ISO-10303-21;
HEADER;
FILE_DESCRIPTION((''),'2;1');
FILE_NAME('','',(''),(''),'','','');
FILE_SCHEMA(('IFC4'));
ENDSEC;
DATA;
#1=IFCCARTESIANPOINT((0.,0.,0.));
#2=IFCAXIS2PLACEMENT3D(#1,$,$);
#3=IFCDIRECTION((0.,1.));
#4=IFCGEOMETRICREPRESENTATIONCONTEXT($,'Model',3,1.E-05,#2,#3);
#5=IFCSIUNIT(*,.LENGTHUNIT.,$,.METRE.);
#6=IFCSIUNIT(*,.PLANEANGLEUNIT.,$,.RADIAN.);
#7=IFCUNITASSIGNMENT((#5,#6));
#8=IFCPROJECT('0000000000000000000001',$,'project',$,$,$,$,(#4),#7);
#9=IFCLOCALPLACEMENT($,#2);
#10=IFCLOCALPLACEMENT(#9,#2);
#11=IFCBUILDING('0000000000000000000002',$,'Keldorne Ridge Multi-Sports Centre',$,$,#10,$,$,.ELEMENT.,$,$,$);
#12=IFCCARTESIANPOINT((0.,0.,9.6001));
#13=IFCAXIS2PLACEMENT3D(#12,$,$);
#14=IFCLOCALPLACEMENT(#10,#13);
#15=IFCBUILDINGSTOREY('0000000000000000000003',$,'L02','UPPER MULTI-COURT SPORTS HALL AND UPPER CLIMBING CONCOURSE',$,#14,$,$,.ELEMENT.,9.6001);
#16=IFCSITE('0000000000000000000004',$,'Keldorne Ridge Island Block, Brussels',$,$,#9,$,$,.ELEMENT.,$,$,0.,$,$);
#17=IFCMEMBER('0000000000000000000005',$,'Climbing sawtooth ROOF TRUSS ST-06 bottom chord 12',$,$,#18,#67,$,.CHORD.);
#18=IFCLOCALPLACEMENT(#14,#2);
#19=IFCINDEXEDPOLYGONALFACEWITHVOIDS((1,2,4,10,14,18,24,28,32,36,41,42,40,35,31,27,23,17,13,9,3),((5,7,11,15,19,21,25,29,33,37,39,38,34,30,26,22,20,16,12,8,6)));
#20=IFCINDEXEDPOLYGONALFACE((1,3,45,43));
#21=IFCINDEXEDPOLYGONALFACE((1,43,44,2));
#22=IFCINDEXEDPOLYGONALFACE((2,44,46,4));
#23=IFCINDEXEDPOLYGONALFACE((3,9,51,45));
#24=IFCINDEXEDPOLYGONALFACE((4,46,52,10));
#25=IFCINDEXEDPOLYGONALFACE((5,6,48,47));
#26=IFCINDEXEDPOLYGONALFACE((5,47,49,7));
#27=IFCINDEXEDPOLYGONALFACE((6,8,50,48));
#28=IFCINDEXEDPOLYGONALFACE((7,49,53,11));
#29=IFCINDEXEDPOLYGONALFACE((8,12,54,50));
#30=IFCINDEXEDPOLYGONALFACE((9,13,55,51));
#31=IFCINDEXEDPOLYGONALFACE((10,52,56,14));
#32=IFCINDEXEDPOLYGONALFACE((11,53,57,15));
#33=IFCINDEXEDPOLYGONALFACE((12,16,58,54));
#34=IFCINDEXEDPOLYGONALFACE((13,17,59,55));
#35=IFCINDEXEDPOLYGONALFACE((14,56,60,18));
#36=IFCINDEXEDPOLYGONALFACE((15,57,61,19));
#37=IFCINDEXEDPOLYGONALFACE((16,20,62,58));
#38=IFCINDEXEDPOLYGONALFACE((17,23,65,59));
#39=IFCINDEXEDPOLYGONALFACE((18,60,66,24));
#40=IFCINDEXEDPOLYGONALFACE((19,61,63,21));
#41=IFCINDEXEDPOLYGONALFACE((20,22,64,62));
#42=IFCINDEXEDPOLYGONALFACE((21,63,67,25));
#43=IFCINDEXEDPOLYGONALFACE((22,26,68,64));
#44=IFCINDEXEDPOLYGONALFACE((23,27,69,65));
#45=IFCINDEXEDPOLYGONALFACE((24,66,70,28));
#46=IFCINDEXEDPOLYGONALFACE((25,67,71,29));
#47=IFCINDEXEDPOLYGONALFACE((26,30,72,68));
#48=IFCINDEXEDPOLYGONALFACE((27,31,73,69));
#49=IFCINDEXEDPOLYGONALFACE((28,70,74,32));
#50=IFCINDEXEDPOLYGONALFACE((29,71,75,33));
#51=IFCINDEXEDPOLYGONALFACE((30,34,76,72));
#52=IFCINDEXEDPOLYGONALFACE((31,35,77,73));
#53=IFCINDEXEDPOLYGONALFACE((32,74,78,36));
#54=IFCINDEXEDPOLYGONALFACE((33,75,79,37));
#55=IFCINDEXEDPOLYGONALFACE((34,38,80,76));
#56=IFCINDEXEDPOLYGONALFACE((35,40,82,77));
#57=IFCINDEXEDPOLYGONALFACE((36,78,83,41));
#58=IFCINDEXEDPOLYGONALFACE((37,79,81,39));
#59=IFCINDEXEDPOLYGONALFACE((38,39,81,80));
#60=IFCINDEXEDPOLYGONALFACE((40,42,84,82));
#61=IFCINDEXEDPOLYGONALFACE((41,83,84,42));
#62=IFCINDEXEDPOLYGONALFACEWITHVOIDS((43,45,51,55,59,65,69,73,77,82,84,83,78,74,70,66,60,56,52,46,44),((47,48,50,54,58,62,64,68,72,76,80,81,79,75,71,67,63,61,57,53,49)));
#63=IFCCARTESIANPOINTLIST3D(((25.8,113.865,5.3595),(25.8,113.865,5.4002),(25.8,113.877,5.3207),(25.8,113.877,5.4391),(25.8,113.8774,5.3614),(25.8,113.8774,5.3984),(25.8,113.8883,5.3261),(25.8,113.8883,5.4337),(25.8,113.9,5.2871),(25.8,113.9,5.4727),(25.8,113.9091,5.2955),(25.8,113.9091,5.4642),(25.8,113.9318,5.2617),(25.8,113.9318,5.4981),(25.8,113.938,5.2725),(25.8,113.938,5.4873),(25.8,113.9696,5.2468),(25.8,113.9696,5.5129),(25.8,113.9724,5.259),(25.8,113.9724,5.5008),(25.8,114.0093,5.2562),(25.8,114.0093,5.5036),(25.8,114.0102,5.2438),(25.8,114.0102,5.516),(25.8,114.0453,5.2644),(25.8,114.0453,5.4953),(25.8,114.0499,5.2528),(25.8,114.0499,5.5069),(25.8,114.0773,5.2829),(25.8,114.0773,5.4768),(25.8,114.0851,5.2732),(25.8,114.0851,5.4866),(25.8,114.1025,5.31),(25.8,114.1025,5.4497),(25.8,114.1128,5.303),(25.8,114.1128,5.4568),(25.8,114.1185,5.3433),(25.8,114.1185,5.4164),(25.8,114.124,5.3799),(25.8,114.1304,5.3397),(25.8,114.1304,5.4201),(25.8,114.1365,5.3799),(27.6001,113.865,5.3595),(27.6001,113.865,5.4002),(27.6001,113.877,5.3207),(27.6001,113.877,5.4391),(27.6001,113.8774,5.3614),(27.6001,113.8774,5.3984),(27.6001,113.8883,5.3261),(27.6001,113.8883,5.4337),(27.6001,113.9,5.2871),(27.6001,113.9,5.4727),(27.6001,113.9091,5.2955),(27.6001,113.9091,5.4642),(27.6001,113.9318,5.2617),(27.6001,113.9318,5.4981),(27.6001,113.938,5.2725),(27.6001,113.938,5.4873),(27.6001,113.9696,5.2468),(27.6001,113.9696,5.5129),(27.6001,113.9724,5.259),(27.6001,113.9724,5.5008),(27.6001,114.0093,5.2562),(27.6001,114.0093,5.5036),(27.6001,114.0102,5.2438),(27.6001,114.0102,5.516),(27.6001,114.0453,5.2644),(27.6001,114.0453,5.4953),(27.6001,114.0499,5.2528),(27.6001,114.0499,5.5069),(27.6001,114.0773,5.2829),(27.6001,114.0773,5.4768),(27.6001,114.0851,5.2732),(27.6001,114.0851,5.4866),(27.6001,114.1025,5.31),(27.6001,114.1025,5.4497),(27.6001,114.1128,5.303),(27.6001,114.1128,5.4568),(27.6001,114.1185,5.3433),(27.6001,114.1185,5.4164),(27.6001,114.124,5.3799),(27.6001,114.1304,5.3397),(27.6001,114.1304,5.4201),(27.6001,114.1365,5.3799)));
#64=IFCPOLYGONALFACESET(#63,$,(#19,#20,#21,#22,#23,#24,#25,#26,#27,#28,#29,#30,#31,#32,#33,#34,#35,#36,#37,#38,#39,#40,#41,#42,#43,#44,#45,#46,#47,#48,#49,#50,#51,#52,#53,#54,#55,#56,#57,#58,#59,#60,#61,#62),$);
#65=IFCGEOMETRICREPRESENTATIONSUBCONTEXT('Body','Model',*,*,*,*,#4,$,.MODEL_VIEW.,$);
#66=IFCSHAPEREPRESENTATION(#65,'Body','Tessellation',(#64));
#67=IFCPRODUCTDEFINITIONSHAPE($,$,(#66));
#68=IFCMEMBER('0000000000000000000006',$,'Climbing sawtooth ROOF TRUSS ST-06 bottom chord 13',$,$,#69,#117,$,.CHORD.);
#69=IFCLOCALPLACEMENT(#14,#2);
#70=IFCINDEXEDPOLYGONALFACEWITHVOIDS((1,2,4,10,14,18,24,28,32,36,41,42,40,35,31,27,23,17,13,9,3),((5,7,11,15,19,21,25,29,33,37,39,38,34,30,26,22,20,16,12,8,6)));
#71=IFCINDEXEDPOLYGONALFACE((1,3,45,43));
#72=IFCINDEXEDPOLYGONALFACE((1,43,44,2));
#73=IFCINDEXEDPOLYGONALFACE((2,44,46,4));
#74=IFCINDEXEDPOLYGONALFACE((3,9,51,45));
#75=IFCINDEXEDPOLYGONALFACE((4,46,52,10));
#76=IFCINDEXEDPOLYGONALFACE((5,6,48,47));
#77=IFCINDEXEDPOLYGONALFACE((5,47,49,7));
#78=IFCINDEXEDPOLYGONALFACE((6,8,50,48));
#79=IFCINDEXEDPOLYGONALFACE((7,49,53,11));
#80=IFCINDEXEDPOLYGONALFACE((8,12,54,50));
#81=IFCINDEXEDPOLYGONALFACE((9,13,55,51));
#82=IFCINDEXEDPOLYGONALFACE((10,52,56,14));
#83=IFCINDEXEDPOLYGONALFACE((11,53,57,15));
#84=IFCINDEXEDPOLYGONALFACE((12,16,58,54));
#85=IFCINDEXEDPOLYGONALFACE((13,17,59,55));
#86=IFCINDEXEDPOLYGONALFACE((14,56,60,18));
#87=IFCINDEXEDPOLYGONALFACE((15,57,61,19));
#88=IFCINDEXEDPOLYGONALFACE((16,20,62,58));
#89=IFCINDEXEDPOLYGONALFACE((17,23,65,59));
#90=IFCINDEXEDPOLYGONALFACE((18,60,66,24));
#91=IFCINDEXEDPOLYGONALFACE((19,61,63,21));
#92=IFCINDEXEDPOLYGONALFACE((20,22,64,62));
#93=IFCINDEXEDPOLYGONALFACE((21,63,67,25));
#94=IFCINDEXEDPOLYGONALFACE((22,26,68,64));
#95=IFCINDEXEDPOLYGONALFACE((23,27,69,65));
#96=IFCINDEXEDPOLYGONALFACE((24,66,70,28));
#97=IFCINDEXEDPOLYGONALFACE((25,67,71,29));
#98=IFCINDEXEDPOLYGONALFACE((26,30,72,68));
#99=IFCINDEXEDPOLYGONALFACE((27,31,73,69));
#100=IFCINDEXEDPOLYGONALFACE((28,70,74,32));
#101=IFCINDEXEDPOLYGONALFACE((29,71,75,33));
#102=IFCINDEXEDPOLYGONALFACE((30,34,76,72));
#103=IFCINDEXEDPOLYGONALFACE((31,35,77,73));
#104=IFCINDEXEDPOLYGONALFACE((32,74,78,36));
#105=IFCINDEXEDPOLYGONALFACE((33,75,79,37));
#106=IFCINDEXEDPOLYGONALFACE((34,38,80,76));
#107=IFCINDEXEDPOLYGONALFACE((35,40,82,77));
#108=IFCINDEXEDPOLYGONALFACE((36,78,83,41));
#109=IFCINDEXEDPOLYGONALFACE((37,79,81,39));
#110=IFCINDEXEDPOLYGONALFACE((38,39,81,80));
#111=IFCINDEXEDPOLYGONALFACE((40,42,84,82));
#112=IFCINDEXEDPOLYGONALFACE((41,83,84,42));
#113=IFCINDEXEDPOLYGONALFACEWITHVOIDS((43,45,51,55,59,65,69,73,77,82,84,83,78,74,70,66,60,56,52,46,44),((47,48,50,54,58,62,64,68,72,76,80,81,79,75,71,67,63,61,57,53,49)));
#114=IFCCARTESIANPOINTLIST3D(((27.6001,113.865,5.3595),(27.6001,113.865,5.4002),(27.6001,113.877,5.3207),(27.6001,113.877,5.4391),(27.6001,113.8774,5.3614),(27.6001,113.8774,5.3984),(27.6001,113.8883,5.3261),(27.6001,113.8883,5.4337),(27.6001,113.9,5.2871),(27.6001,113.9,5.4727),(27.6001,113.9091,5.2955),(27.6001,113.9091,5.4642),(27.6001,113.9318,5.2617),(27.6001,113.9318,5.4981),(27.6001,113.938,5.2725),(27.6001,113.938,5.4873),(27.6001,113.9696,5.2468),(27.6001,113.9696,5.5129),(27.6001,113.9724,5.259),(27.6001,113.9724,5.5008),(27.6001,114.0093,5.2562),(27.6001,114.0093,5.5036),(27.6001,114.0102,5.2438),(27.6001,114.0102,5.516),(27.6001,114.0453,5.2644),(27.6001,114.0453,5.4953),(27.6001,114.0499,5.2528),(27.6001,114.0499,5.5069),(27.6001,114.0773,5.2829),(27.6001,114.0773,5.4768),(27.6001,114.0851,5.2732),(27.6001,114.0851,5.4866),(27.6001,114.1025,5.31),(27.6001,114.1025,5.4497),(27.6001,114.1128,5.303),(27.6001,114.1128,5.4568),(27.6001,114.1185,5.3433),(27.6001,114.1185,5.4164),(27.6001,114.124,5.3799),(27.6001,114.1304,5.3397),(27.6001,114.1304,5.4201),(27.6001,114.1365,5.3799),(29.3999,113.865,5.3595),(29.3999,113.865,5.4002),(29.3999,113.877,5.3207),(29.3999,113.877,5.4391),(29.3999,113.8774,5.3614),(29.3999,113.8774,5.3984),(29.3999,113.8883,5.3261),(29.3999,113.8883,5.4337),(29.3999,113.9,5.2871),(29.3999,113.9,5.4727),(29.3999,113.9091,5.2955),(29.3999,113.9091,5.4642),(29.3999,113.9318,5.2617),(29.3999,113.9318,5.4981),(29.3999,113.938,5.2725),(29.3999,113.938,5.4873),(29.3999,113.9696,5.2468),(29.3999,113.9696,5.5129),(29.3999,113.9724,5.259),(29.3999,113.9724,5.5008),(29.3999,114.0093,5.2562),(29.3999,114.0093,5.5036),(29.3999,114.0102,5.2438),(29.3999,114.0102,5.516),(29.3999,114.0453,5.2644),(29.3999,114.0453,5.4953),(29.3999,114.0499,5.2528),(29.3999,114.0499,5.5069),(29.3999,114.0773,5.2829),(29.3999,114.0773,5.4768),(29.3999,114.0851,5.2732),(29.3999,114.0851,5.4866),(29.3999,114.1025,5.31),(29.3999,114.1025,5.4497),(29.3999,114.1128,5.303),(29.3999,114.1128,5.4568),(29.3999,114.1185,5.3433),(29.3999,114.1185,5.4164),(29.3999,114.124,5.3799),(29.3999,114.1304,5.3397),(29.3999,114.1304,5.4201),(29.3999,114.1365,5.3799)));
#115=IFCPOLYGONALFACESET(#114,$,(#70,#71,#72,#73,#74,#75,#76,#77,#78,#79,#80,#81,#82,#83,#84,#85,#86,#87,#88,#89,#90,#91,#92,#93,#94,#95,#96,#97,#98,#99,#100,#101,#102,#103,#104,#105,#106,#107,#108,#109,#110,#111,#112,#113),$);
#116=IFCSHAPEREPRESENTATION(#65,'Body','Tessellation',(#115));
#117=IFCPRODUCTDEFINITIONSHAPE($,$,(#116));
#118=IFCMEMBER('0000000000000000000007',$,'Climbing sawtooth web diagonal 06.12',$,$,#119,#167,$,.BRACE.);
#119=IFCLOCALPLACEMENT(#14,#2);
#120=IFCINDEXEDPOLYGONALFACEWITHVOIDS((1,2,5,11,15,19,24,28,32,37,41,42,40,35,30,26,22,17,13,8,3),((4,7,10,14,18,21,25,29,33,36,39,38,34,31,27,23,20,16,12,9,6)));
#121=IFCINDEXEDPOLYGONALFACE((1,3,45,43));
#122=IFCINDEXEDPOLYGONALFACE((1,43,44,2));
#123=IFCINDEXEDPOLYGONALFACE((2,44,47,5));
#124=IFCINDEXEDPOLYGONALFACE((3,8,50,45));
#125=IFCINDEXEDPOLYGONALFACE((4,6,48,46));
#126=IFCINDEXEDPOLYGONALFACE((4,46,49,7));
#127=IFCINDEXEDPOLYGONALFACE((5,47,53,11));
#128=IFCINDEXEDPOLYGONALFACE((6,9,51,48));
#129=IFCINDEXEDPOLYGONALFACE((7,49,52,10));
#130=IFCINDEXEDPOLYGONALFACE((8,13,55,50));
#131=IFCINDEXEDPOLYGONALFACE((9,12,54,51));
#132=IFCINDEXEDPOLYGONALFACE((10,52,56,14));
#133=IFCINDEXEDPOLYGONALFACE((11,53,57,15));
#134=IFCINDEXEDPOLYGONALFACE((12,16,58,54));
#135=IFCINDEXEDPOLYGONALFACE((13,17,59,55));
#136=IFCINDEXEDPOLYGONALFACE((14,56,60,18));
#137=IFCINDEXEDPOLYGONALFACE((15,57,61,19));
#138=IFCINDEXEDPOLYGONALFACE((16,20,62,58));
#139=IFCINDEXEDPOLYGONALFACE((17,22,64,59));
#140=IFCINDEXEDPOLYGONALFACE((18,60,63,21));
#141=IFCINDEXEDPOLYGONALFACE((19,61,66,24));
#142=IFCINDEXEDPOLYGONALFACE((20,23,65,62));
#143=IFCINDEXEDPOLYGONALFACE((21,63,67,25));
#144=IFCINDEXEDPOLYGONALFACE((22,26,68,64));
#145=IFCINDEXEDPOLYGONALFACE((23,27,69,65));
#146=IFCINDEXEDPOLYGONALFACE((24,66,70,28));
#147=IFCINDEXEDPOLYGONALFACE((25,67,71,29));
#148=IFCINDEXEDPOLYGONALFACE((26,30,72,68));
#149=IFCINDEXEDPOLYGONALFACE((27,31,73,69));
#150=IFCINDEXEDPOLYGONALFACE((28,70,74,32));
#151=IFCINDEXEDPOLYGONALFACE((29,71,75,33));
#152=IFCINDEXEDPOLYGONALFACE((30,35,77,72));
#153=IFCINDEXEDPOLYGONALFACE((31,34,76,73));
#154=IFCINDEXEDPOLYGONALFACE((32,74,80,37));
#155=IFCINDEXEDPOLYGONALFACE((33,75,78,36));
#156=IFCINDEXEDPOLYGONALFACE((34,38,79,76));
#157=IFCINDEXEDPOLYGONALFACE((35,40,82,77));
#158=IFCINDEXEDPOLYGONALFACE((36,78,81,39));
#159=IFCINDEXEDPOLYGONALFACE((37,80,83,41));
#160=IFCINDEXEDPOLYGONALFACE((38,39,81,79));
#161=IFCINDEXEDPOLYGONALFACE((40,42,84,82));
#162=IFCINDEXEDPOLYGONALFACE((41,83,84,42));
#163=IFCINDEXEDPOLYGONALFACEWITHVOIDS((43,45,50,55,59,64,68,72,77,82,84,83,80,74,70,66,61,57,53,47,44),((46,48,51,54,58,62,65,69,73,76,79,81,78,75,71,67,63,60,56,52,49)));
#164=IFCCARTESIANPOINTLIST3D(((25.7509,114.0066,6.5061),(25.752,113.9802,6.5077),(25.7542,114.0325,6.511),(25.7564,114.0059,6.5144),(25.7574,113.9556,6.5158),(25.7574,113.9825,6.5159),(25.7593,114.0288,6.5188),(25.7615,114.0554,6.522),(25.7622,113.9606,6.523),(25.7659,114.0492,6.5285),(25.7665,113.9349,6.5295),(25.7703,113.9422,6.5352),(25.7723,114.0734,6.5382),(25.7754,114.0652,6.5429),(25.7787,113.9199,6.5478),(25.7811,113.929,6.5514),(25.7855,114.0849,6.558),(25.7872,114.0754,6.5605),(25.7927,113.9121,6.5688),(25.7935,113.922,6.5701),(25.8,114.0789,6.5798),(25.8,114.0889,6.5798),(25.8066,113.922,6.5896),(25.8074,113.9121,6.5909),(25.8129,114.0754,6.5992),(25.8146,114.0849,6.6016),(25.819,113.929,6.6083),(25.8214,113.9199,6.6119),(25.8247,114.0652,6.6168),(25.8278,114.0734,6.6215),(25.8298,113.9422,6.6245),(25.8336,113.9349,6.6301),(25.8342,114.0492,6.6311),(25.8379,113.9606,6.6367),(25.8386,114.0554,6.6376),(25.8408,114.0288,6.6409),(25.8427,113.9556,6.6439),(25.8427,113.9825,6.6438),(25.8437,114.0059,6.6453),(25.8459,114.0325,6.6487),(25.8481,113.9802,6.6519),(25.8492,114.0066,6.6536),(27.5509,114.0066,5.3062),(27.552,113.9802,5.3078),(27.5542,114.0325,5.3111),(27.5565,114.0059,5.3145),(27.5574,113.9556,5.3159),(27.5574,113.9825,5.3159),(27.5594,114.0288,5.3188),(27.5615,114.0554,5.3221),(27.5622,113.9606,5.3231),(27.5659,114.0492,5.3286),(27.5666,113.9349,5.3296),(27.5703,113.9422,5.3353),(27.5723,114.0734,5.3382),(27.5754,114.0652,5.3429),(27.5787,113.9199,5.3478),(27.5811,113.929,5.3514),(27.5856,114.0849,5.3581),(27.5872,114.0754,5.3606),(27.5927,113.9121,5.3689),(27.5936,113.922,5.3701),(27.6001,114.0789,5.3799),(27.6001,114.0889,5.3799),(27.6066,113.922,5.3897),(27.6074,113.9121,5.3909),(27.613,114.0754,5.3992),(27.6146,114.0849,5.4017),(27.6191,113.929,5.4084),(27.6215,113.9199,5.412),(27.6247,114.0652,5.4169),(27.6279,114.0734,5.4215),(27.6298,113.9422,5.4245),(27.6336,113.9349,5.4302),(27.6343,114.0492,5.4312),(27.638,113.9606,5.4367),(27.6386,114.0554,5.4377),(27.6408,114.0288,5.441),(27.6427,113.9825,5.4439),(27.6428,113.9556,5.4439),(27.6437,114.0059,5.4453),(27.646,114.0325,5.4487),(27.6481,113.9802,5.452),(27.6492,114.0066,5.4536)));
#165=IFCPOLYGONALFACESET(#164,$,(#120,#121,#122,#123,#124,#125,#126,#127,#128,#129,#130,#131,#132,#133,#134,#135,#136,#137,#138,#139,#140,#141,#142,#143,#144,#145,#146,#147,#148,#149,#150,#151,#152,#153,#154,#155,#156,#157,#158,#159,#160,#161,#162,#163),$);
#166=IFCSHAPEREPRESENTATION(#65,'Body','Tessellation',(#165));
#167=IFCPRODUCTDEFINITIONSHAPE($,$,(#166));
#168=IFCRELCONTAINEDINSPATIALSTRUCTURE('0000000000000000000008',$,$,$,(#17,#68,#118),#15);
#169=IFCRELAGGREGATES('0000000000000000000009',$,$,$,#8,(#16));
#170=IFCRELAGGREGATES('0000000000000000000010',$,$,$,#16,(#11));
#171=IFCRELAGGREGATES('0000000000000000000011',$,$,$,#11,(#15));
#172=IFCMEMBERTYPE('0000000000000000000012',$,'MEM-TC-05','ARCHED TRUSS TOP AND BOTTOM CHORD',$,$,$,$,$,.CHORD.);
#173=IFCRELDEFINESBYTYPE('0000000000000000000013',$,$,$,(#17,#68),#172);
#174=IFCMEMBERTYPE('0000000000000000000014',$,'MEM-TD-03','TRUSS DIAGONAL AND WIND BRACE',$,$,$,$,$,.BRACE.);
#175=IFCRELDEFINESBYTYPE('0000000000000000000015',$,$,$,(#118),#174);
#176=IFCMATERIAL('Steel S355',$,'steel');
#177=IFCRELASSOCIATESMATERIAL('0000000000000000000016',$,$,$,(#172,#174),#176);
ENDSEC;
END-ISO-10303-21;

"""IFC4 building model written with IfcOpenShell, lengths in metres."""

from ifc_helpers import new_model, si_unit, direction, frame, origin, origin_2d, place, context, subcontext, project, spatial, hollow_circle, extrude, material, material_profile, profile_set, type_object, element, save


model = new_model("IFC4")

# Units and contexts
model_context = context("Model", 3, precision=1e-05, world=origin(), true_north=direction((0.0, 1.0)))
body_context = subcontext(model_context, "Body", "Model", "MODEL_VIEW")
ifc_project = project(units=[si_unit("LENGTHUNIT", "METRE"), si_unit("PLANEANGLEUNIT", "RADIAN")], contexts=[model_context])

# Site, building, storey
site_placement = place(None, origin())
site = spatial("IfcSite", under=ifc_project, at=site_placement, Name="Keldorne Ridge Island Block, Brussels", CompositionType="ELEMENT", RefElevation=0.0)
building_placement = place(site_placement, origin())
building = spatial("IfcBuilding", under=site, at=building_placement, Name="Keldorne Ridge Multi-Sports Centre", CompositionType="ELEMENT")
storey_placement = place(building_placement, frame((0.0, 0.0, 9.6001)))
storey = spatial("IfcBuildingStorey", under=building, at=storey_placement, Name="L02", Description="UPPER MULTI-COURT SPORTS HALL AND UPPER CLIMBING CONCOURSE", CompositionType="ELEMENT", Elevation=9.6001)

# Shared definitions
ifc_material_1 = material(Name="Steel S355", Category="steel")

# Members
ifc_material_profile_1 = material_profile(ifc_material_1, hollow_circle(Radius=0.1365, WallThickness=0.0125, at=origin_2d()), Name="CHS 273x12.5")
ifc_profile_set_1 = profile_set([ifc_material_profile_1], Name="Steel S355")
member_type_1 = type_object("IfcMemberType", Name="MEM-TC-05", Description="ARCHED TRUSS TOP AND BOTTOM CHORD", PredefinedType="CHORD", material=ifc_profile_set_1)
member_1_placement = place(storey_placement, frame((25.8, 114.0, 5.3799), z_axis=(1.0, 0.0, 0.0), x_axis=(0.0, 1.0, 0.0)))
element("IfcMember", 1, at=member_1_placement, inside=storey, type_object=member_type_1, Name="Climbing sawtooth ROOF TRUSS ST-06 bottom chord 12", PredefinedType="CHORD", context=body_context, shape_type="SweptSolid", body=[
    extrude(hollow_circle(Radius=0.1365, WallThickness=0.0125, at=origin_2d()), origin(), (0.0, 0.0, 1.0), 1.8),
])
member_2_placement = place(storey_placement, frame((27.6001, 114.0, 5.3799), z_axis=(1.0, 0.0, 0.0), x_axis=(0.0, 1.0, 0.0)))
element("IfcMember", 2, at=member_2_placement, inside=storey, type_object=member_type_1, Name="Climbing sawtooth ROOF TRUSS ST-06 bottom chord 13", PredefinedType="CHORD", context=body_context, shape_type="SweptSolid", body=[
    extrude(hollow_circle(Radius=0.1365, WallThickness=0.0125, at=origin_2d()), origin(), (0.0, 0.0, 1.0), 1.7998),
])
ifc_material_profile_2 = material_profile(ifc_material_1, hollow_circle(Radius=0.0889, WallThickness=0.01, at=origin_2d()), Name="CHS 177.8x10")
ifc_profile_set_2 = profile_set([ifc_material_profile_2], Name="Steel S355")
member_type_2 = type_object("IfcMemberType", Name="MEM-TD-03", Description="TRUSS DIAGONAL AND WIND BRACE", PredefinedType="BRACE", material=ifc_profile_set_2)
member_3_placement = place(storey_placement, frame((25.8, 114.0, 6.5798), z_axis=(0.832068, 0.0, -0.554674), x_axis=(0.0, 1.0, 0.0)))
element("IfcMember", 3, at=member_3_placement, inside=storey, type_object=member_type_2, Name="Climbing sawtooth web diagonal 06.12", PredefinedType="BRACE", context=body_context, shape_type="SweptSolid", body=[
    extrude(hollow_circle(Radius=0.0889, WallThickness=0.01, at=origin_2d()), origin(), (0.0, 0.0, 1.0), 2.1633),
])

save(model, "model.ifc")
